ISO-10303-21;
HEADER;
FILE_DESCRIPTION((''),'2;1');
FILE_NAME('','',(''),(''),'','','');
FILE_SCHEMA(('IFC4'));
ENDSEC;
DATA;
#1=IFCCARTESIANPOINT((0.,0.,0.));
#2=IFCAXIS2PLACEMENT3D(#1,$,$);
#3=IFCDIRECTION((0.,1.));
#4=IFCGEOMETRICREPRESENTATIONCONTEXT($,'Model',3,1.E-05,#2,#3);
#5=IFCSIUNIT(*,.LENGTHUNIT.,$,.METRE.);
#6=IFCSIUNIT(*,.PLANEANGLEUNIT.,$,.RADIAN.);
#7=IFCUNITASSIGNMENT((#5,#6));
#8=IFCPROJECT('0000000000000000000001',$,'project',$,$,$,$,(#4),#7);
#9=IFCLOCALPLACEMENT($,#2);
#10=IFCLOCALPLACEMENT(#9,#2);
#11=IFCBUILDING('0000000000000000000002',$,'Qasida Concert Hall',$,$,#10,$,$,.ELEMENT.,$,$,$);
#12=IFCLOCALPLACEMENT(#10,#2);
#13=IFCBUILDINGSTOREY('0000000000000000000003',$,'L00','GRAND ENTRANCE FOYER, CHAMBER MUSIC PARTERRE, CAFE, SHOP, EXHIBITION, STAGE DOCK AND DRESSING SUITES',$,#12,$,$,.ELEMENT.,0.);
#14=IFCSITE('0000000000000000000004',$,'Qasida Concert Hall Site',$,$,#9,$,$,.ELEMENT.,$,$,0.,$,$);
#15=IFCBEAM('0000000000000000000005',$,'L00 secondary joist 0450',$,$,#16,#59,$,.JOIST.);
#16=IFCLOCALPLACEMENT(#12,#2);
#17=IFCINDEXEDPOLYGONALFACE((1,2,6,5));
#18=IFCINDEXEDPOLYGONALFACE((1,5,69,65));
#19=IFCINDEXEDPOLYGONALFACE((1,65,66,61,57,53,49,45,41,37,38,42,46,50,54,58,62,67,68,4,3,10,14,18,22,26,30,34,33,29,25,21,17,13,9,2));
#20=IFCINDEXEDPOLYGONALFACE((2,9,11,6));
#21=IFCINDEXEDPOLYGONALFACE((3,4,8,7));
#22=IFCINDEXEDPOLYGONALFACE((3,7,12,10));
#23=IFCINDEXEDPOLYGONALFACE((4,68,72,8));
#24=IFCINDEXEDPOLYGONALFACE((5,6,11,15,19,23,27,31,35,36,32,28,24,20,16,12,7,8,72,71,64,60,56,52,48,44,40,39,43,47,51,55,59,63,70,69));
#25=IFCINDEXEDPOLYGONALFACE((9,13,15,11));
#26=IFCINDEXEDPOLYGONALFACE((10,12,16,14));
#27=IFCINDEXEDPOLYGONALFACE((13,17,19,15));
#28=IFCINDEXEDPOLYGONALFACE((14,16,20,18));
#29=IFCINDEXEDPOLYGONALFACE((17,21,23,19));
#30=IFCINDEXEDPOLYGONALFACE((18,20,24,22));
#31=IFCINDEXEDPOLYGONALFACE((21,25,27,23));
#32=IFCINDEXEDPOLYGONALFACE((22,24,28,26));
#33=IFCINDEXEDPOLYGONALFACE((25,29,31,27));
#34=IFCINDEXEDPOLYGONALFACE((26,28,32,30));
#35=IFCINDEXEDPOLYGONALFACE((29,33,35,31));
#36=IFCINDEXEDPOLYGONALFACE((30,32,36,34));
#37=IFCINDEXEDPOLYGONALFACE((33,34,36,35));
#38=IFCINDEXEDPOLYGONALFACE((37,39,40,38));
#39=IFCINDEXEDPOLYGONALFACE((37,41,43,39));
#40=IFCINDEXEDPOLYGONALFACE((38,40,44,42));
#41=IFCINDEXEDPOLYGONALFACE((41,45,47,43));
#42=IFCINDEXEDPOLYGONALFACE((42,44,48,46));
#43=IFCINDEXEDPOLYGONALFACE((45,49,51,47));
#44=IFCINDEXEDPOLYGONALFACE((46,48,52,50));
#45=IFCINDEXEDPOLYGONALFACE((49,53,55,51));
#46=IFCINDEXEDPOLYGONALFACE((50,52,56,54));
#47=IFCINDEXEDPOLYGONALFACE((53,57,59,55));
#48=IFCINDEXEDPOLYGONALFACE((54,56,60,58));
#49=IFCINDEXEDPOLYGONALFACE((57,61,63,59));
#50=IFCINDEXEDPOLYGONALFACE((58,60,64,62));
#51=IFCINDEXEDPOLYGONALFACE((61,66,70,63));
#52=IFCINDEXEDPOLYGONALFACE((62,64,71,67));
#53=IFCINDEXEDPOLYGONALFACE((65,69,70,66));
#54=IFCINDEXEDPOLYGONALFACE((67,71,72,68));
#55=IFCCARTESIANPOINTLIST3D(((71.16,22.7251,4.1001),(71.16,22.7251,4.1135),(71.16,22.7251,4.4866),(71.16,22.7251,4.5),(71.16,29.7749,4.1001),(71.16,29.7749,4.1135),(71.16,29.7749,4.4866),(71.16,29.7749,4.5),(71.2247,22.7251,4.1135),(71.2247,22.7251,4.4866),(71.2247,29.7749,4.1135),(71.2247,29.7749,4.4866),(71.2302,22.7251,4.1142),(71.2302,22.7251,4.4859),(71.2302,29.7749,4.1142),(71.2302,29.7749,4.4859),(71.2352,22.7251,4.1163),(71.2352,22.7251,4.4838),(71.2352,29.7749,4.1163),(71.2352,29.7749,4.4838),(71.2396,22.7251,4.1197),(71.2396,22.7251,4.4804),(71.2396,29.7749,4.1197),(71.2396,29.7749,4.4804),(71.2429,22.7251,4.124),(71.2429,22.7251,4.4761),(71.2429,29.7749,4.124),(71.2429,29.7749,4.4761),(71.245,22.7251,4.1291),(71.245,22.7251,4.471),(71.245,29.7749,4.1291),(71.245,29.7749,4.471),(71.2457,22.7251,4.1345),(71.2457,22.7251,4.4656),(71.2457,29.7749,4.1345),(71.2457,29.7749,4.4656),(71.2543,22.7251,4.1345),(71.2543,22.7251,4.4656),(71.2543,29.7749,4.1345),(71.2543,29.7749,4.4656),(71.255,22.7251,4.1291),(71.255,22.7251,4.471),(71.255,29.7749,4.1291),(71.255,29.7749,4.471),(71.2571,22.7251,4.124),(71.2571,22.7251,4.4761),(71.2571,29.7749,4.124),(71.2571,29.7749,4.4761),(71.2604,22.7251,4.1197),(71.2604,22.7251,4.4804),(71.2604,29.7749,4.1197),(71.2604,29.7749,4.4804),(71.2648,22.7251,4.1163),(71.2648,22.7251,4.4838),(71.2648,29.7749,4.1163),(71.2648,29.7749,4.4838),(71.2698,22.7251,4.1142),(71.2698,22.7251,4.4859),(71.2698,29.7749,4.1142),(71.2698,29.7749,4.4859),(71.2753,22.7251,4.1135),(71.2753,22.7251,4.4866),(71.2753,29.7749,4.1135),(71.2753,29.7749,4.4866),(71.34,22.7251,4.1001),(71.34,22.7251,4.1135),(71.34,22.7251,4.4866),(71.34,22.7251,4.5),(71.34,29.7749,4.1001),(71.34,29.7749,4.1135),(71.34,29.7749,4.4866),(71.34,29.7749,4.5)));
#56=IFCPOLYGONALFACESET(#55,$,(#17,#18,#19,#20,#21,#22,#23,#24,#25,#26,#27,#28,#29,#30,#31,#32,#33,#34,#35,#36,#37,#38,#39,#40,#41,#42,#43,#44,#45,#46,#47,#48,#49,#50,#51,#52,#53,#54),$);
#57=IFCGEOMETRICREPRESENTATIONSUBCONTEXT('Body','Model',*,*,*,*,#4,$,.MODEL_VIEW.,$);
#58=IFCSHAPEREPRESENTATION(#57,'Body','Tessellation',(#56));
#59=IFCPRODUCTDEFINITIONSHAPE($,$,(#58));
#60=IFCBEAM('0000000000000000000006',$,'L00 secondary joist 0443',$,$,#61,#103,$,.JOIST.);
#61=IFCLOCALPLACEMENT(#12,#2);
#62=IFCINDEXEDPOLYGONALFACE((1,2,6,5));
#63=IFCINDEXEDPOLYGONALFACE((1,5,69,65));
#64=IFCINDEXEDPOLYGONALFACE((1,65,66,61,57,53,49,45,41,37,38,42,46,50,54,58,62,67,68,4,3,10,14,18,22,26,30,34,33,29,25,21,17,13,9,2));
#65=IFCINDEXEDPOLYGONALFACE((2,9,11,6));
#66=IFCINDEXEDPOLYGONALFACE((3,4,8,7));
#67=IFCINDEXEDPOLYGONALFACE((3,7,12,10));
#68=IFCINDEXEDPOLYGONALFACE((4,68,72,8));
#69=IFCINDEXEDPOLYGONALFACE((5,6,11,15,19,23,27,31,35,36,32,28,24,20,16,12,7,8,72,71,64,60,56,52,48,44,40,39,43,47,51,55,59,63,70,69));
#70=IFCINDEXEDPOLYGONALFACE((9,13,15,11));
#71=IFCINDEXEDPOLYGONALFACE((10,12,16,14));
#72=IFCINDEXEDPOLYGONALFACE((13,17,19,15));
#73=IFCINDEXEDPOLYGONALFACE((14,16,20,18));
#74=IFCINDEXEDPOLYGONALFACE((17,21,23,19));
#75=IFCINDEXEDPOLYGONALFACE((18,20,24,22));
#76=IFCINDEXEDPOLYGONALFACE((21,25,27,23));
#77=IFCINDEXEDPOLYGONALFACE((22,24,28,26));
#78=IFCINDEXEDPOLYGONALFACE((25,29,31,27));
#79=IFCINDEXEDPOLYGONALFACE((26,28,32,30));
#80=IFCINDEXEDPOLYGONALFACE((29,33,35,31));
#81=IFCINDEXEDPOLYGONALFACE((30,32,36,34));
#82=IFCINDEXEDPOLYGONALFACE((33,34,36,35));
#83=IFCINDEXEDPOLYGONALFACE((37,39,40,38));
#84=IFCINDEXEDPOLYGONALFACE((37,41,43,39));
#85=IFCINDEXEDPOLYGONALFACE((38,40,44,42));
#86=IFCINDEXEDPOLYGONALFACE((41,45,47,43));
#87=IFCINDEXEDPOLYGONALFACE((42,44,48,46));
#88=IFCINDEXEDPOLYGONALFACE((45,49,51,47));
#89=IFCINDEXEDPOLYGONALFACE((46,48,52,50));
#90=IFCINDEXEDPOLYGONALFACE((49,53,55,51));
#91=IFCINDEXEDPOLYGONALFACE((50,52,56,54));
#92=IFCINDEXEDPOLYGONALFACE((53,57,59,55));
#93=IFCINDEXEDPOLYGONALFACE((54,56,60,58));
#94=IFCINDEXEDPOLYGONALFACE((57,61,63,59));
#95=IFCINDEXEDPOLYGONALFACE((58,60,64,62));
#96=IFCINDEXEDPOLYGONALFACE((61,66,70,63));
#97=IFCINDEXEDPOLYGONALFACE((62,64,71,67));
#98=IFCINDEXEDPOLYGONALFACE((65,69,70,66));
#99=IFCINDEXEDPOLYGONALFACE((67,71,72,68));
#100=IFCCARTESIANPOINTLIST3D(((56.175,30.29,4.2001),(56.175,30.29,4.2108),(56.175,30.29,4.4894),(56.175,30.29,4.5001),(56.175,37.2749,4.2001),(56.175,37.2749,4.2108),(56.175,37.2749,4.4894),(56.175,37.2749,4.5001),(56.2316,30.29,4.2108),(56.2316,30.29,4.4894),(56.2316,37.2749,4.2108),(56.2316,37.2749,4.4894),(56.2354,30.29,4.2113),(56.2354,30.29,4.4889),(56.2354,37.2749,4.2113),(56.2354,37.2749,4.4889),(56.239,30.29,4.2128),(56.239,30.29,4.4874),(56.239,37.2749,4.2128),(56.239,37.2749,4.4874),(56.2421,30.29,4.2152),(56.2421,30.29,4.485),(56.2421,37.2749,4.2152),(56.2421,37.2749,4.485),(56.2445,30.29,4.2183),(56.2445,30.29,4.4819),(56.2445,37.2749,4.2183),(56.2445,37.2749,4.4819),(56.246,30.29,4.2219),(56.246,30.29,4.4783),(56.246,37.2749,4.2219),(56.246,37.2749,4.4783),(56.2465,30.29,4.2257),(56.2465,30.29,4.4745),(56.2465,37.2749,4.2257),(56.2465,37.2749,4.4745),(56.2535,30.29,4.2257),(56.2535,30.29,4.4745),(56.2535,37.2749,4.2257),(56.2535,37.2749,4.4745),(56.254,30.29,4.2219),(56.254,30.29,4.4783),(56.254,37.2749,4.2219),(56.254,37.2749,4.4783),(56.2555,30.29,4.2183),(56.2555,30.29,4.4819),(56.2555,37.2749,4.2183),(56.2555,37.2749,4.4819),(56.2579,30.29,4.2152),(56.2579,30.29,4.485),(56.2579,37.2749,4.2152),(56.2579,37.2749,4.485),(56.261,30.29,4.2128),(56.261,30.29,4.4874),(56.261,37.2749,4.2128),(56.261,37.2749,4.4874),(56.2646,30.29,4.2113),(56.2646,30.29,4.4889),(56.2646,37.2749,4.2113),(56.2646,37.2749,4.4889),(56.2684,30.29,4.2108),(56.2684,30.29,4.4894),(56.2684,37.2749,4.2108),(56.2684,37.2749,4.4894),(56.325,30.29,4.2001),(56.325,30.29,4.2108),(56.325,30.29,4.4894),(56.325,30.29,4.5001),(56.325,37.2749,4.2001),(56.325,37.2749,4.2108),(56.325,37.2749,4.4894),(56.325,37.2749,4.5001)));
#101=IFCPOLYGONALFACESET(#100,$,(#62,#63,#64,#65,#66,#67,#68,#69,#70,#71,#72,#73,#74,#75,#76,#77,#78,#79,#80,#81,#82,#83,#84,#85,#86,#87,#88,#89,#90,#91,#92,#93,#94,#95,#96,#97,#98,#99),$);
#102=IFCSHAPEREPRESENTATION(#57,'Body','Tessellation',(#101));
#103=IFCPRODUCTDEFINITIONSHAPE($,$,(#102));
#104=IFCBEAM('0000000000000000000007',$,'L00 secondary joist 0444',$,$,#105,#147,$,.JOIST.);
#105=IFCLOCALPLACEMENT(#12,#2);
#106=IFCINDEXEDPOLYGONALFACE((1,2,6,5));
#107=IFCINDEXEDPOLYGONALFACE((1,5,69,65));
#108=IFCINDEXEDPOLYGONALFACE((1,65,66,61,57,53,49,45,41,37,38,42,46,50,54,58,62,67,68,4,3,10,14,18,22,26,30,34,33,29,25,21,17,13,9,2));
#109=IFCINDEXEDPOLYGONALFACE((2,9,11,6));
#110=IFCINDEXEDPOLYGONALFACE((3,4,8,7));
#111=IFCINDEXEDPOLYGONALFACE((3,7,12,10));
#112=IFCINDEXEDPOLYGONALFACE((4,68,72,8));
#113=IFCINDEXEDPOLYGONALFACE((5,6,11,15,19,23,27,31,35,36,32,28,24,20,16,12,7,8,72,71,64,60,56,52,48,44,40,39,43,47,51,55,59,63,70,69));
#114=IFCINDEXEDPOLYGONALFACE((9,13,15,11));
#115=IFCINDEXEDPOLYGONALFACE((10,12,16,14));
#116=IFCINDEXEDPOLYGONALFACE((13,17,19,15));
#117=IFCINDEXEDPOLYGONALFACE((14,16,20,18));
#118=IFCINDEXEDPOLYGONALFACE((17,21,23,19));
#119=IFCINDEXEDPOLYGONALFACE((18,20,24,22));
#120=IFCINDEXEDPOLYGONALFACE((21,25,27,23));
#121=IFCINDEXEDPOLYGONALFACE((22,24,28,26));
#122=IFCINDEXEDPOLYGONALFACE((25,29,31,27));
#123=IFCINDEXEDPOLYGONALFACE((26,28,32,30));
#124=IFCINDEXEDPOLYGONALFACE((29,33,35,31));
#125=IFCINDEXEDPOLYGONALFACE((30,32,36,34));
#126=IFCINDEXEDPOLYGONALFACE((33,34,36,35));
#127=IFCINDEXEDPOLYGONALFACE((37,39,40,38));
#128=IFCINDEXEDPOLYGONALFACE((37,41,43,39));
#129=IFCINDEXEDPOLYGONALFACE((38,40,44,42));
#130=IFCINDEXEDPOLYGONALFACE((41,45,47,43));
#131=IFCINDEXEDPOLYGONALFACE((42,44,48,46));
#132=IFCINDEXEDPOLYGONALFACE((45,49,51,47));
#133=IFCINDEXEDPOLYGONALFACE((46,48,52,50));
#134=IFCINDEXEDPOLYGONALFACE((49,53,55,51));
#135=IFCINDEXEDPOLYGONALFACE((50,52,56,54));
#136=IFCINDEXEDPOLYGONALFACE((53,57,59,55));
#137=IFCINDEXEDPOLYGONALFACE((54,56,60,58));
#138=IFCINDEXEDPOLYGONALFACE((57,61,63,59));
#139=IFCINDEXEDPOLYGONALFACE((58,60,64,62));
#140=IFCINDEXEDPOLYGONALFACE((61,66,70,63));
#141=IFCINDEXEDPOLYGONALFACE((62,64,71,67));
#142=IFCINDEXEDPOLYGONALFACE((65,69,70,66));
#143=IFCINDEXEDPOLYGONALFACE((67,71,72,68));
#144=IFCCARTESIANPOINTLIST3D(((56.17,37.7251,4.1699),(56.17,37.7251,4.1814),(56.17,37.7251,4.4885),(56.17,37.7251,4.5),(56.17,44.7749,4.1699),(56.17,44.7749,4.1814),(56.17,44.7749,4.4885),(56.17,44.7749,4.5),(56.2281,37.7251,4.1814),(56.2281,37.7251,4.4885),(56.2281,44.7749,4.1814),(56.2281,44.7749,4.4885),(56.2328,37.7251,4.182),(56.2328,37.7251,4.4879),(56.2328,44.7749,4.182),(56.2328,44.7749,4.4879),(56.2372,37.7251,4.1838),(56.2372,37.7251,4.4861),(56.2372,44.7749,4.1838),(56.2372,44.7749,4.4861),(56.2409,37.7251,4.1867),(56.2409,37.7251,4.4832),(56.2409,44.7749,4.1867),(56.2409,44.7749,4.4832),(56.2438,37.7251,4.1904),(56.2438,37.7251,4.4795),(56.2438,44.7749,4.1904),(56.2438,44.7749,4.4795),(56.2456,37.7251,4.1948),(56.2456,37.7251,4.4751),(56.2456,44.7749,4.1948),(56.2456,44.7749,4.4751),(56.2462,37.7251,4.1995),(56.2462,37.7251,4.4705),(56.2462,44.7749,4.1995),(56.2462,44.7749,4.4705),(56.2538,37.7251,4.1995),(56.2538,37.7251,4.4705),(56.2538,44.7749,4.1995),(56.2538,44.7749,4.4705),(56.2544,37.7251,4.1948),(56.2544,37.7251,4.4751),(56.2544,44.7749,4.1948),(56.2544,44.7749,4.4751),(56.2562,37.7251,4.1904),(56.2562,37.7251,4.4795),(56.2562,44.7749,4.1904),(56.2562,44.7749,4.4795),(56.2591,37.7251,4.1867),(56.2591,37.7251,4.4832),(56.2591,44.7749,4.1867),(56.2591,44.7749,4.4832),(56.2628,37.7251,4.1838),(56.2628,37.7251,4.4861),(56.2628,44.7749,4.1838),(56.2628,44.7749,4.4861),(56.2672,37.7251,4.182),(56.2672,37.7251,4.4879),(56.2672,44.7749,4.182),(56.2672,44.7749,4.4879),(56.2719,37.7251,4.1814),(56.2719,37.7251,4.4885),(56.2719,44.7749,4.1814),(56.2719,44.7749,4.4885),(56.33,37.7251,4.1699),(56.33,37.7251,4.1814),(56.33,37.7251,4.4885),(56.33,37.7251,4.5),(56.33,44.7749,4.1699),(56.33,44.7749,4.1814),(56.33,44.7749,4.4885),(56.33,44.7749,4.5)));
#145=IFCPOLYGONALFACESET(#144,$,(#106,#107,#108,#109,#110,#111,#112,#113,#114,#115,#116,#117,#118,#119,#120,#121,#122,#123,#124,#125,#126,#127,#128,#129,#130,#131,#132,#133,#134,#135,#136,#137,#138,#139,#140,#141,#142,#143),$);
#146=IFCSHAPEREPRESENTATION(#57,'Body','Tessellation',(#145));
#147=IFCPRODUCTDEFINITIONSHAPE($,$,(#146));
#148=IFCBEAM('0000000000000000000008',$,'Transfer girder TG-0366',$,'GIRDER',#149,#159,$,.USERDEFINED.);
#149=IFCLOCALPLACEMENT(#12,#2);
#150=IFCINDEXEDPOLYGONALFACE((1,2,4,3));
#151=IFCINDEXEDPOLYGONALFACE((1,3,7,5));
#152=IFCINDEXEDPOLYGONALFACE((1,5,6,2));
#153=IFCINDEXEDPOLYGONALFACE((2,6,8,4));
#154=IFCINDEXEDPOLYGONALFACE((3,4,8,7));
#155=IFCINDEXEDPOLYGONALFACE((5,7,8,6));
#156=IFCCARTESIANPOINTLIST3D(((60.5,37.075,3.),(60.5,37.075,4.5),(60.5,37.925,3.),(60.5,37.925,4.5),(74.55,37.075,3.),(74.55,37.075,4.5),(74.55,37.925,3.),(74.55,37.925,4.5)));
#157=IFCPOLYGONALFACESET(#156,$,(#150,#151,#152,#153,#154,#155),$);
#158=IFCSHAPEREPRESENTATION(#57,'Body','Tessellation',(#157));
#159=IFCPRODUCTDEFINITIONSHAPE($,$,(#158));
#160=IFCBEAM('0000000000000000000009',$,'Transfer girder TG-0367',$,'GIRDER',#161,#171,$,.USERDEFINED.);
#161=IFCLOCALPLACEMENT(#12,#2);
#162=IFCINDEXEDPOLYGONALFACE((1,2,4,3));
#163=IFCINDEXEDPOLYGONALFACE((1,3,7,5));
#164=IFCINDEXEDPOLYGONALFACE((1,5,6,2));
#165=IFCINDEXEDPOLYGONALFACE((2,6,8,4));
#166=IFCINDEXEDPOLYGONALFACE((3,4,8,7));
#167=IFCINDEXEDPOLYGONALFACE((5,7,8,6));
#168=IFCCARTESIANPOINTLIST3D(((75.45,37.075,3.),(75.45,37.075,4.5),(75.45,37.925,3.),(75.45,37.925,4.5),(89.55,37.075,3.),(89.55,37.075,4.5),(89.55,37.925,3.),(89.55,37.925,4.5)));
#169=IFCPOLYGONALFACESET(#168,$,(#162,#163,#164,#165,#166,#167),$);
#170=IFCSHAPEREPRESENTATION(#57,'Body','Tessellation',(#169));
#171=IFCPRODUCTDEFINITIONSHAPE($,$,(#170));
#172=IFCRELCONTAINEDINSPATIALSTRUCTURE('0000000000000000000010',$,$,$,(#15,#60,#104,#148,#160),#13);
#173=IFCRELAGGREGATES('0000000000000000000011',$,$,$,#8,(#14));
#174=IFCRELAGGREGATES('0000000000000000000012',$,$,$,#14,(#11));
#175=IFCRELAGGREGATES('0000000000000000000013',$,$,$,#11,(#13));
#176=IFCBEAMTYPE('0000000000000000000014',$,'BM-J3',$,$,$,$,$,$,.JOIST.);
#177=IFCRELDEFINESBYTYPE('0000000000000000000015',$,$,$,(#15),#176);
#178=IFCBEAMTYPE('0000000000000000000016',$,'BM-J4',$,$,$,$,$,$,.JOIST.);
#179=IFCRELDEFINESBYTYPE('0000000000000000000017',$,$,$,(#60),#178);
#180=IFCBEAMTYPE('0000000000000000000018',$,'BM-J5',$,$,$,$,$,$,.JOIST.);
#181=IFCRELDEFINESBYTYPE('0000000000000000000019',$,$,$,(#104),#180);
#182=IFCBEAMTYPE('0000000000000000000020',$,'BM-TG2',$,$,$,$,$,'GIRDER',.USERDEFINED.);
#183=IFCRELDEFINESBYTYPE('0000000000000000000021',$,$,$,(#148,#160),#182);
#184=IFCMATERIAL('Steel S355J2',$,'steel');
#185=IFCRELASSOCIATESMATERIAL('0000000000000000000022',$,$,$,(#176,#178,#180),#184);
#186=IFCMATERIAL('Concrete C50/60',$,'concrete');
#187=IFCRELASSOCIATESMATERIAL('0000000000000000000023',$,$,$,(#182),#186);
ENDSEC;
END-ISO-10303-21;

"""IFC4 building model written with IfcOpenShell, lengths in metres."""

from ifc_helpers import new_model, si_unit, direction, frame, origin, origin_2d, place, context, subcontext, project, spatial, rectangle, i_section, extrude, material, material_profile, profile_set, type_object, element, save


model = new_model("IFC4")

# Units and contexts
model_context = context("Model", 3, precision=1e-05, world=origin(), true_north=direction((0.0, 1.0)))
body_context = subcontext(model_context, "Body", "Model", "MODEL_VIEW")
ifc_project = project(units=[si_unit("LENGTHUNIT", "METRE"), si_unit("PLANEANGLEUNIT", "RADIAN")], contexts=[model_context])

# Site, building, storey
site_placement = place(None, origin())
site = spatial("IfcSite", under=ifc_project, at=site_placement, Name="Qasida Concert Hall Site", CompositionType="ELEMENT", RefElevation=0.0)
building_placement = place(site_placement, origin())
building = spatial("IfcBuilding", under=site, at=building_placement, Name="Qasida Concert Hall", CompositionType="ELEMENT")
storey_placement = place(building_placement, origin())
storey = spatial("IfcBuildingStorey", under=building, at=storey_placement, Name="L00", Description="GRAND ENTRANCE FOYER, CHAMBER MUSIC PARTERRE, CAFE, SHOP, EXHIBITION, STAGE DOCK AND DRESSING SUITES", CompositionType="ELEMENT", Elevation=0.0)

# Shared definitions
ifc_material_1 = material(Name="Concrete C50/60", Category="concrete")

# Beams
ifc_material_2 = material(Name="Steel S355J2", Category="steel")
ifc_material_profile_1 = material_profile(ifc_material_2, i_section(OverallWidth=0.1799, OverallDepth=0.3999, WebThickness=0.0085, FlangeThickness=0.0134, FilletRadius=0.021, at=origin_2d()), Name="IPE 400")
ifc_profile_set_1 = profile_set([ifc_material_profile_1], Name="Steel S355J2")
beam_type_1 = type_object("IfcBeamType", Name="BM-J3", PredefinedType="JOIST", material=ifc_profile_set_1)
beam_1_placement = place(storey_placement, frame((71.25, 22.7251, 4.3), z_axis=(0.0, 1.0, 0.0), x_axis=(-1.0, 0.0, 0.0)))
element("IfcBeam", 1, at=beam_1_placement, inside=storey, type_object=beam_type_1, Name="L00 secondary joist 0450", PredefinedType="JOIST", context=body_context, shape_type="SweptSolid", body=[
    extrude(i_section(OverallWidth=0.1799, OverallDepth=0.3999, WebThickness=0.0085, FlangeThickness=0.0134, FilletRadius=0.021, at=origin_2d()), origin(), (0.0, 0.0, 1.0), 7.0498),
])
ifc_material_profile_2 = material_profile(ifc_material_2, i_section(OverallWidth=0.1499, OverallDepth=0.3, WebThickness=0.0071, FlangeThickness=0.0107, FilletRadius=0.0149, at=origin_2d()), Name="IPE 300")
ifc_profile_set_2 = profile_set([ifc_material_profile_2], Name="Steel S355J2")
beam_type_2 = type_object("IfcBeamType", Name="BM-J4", PredefinedType="JOIST", material=ifc_profile_set_2)
beam_2_placement = place(storey_placement, frame((56.25, 30.29, 4.3501), z_axis=(0.0, 1.0, 0.0), x_axis=(-1.0, 0.0, 0.0)))
element("IfcBeam", 2, at=beam_2_placement, inside=storey, type_object=beam_type_2, Name="L00 secondary joist 0443", PredefinedType="JOIST", context=body_context, shape_type="SweptSolid", body=[
    extrude(i_section(OverallWidth=0.1499, OverallDepth=0.3, WebThickness=0.0071, FlangeThickness=0.0107, FilletRadius=0.0149, at=origin_2d()), origin(), (0.0, 0.0, 1.0), 6.9849),
])
ifc_material_profile_3 = material_profile(ifc_material_2, i_section(OverallWidth=0.1599, OverallDepth=0.3301, WebThickness=0.0076, FlangeThickness=0.0115, FilletRadius=0.0181, at=origin_2d()), Name="IPE 330")
ifc_profile_set_3 = profile_set([ifc_material_profile_3], Name="Steel S355J2")
beam_type_3 = type_object("IfcBeamType", Name="BM-J5", PredefinedType="JOIST", material=ifc_profile_set_3)
beam_3_placement = place(storey_placement, frame((56.25, 37.7251, 4.335), z_axis=(0.0, 1.0, 0.0), x_axis=(-1.0, 0.0, 0.0)))
element("IfcBeam", 3, at=beam_3_placement, inside=storey, type_object=beam_type_3, Name="L00 secondary joist 0444", PredefinedType="JOIST", context=body_context, shape_type="SweptSolid", body=[
    extrude(i_section(OverallWidth=0.1599, OverallDepth=0.3301, WebThickness=0.0076, FlangeThickness=0.0115, FilletRadius=0.0181, at=origin_2d()), origin(), (0.0, 0.0, 1.0), 7.0498),
])
ifc_material_profile_4 = material_profile(ifc_material_1, rectangle(XDim=0.8501, YDim=1.5, at=origin_2d()), Name="RC 850x1500")
ifc_profile_set_4 = profile_set([ifc_material_profile_4], Name="Concrete C50/60")
beam_type_4 = type_object("IfcBeamType", Name="BM-TG2", ElementType="GIRDER", PredefinedType="USERDEFINED", material=ifc_profile_set_4)
beam_4_placement = place(storey_placement, frame((60.5, 37.5, 3.75), z_axis=(1.0, 0.0, 0.0), x_axis=(0.0, 1.0, 0.0)))
element("IfcBeam", 4, at=beam_4_placement, inside=storey, type_object=beam_type_4, Name="Transfer girder TG-0366", ObjectType="GIRDER", PredefinedType="USERDEFINED", context=body_context, shape_type="SweptSolid", body=[
    extrude(rectangle(XDim=0.8501, YDim=1.5, at=origin_2d()), origin(), (0.0, 0.0, 1.0), 14.05),
])
beam_5_placement = place(storey_placement, frame((75.45, 37.5, 3.75), z_axis=(1.0, 0.0, 0.0), x_axis=(0.0, 1.0, 0.0)))
element("IfcBeam", 5, at=beam_5_placement, inside=storey, type_object=beam_type_4, Name="Transfer girder TG-0367", ObjectType="GIRDER", PredefinedType="USERDEFINED", context=body_context, shape_type="SweptSolid", body=[
    extrude(rectangle(XDim=0.8501, YDim=1.5, at=origin_2d()), origin(), (0.0, 0.0, 1.0), 14.1001),
])

save(model, "model.ifc")
